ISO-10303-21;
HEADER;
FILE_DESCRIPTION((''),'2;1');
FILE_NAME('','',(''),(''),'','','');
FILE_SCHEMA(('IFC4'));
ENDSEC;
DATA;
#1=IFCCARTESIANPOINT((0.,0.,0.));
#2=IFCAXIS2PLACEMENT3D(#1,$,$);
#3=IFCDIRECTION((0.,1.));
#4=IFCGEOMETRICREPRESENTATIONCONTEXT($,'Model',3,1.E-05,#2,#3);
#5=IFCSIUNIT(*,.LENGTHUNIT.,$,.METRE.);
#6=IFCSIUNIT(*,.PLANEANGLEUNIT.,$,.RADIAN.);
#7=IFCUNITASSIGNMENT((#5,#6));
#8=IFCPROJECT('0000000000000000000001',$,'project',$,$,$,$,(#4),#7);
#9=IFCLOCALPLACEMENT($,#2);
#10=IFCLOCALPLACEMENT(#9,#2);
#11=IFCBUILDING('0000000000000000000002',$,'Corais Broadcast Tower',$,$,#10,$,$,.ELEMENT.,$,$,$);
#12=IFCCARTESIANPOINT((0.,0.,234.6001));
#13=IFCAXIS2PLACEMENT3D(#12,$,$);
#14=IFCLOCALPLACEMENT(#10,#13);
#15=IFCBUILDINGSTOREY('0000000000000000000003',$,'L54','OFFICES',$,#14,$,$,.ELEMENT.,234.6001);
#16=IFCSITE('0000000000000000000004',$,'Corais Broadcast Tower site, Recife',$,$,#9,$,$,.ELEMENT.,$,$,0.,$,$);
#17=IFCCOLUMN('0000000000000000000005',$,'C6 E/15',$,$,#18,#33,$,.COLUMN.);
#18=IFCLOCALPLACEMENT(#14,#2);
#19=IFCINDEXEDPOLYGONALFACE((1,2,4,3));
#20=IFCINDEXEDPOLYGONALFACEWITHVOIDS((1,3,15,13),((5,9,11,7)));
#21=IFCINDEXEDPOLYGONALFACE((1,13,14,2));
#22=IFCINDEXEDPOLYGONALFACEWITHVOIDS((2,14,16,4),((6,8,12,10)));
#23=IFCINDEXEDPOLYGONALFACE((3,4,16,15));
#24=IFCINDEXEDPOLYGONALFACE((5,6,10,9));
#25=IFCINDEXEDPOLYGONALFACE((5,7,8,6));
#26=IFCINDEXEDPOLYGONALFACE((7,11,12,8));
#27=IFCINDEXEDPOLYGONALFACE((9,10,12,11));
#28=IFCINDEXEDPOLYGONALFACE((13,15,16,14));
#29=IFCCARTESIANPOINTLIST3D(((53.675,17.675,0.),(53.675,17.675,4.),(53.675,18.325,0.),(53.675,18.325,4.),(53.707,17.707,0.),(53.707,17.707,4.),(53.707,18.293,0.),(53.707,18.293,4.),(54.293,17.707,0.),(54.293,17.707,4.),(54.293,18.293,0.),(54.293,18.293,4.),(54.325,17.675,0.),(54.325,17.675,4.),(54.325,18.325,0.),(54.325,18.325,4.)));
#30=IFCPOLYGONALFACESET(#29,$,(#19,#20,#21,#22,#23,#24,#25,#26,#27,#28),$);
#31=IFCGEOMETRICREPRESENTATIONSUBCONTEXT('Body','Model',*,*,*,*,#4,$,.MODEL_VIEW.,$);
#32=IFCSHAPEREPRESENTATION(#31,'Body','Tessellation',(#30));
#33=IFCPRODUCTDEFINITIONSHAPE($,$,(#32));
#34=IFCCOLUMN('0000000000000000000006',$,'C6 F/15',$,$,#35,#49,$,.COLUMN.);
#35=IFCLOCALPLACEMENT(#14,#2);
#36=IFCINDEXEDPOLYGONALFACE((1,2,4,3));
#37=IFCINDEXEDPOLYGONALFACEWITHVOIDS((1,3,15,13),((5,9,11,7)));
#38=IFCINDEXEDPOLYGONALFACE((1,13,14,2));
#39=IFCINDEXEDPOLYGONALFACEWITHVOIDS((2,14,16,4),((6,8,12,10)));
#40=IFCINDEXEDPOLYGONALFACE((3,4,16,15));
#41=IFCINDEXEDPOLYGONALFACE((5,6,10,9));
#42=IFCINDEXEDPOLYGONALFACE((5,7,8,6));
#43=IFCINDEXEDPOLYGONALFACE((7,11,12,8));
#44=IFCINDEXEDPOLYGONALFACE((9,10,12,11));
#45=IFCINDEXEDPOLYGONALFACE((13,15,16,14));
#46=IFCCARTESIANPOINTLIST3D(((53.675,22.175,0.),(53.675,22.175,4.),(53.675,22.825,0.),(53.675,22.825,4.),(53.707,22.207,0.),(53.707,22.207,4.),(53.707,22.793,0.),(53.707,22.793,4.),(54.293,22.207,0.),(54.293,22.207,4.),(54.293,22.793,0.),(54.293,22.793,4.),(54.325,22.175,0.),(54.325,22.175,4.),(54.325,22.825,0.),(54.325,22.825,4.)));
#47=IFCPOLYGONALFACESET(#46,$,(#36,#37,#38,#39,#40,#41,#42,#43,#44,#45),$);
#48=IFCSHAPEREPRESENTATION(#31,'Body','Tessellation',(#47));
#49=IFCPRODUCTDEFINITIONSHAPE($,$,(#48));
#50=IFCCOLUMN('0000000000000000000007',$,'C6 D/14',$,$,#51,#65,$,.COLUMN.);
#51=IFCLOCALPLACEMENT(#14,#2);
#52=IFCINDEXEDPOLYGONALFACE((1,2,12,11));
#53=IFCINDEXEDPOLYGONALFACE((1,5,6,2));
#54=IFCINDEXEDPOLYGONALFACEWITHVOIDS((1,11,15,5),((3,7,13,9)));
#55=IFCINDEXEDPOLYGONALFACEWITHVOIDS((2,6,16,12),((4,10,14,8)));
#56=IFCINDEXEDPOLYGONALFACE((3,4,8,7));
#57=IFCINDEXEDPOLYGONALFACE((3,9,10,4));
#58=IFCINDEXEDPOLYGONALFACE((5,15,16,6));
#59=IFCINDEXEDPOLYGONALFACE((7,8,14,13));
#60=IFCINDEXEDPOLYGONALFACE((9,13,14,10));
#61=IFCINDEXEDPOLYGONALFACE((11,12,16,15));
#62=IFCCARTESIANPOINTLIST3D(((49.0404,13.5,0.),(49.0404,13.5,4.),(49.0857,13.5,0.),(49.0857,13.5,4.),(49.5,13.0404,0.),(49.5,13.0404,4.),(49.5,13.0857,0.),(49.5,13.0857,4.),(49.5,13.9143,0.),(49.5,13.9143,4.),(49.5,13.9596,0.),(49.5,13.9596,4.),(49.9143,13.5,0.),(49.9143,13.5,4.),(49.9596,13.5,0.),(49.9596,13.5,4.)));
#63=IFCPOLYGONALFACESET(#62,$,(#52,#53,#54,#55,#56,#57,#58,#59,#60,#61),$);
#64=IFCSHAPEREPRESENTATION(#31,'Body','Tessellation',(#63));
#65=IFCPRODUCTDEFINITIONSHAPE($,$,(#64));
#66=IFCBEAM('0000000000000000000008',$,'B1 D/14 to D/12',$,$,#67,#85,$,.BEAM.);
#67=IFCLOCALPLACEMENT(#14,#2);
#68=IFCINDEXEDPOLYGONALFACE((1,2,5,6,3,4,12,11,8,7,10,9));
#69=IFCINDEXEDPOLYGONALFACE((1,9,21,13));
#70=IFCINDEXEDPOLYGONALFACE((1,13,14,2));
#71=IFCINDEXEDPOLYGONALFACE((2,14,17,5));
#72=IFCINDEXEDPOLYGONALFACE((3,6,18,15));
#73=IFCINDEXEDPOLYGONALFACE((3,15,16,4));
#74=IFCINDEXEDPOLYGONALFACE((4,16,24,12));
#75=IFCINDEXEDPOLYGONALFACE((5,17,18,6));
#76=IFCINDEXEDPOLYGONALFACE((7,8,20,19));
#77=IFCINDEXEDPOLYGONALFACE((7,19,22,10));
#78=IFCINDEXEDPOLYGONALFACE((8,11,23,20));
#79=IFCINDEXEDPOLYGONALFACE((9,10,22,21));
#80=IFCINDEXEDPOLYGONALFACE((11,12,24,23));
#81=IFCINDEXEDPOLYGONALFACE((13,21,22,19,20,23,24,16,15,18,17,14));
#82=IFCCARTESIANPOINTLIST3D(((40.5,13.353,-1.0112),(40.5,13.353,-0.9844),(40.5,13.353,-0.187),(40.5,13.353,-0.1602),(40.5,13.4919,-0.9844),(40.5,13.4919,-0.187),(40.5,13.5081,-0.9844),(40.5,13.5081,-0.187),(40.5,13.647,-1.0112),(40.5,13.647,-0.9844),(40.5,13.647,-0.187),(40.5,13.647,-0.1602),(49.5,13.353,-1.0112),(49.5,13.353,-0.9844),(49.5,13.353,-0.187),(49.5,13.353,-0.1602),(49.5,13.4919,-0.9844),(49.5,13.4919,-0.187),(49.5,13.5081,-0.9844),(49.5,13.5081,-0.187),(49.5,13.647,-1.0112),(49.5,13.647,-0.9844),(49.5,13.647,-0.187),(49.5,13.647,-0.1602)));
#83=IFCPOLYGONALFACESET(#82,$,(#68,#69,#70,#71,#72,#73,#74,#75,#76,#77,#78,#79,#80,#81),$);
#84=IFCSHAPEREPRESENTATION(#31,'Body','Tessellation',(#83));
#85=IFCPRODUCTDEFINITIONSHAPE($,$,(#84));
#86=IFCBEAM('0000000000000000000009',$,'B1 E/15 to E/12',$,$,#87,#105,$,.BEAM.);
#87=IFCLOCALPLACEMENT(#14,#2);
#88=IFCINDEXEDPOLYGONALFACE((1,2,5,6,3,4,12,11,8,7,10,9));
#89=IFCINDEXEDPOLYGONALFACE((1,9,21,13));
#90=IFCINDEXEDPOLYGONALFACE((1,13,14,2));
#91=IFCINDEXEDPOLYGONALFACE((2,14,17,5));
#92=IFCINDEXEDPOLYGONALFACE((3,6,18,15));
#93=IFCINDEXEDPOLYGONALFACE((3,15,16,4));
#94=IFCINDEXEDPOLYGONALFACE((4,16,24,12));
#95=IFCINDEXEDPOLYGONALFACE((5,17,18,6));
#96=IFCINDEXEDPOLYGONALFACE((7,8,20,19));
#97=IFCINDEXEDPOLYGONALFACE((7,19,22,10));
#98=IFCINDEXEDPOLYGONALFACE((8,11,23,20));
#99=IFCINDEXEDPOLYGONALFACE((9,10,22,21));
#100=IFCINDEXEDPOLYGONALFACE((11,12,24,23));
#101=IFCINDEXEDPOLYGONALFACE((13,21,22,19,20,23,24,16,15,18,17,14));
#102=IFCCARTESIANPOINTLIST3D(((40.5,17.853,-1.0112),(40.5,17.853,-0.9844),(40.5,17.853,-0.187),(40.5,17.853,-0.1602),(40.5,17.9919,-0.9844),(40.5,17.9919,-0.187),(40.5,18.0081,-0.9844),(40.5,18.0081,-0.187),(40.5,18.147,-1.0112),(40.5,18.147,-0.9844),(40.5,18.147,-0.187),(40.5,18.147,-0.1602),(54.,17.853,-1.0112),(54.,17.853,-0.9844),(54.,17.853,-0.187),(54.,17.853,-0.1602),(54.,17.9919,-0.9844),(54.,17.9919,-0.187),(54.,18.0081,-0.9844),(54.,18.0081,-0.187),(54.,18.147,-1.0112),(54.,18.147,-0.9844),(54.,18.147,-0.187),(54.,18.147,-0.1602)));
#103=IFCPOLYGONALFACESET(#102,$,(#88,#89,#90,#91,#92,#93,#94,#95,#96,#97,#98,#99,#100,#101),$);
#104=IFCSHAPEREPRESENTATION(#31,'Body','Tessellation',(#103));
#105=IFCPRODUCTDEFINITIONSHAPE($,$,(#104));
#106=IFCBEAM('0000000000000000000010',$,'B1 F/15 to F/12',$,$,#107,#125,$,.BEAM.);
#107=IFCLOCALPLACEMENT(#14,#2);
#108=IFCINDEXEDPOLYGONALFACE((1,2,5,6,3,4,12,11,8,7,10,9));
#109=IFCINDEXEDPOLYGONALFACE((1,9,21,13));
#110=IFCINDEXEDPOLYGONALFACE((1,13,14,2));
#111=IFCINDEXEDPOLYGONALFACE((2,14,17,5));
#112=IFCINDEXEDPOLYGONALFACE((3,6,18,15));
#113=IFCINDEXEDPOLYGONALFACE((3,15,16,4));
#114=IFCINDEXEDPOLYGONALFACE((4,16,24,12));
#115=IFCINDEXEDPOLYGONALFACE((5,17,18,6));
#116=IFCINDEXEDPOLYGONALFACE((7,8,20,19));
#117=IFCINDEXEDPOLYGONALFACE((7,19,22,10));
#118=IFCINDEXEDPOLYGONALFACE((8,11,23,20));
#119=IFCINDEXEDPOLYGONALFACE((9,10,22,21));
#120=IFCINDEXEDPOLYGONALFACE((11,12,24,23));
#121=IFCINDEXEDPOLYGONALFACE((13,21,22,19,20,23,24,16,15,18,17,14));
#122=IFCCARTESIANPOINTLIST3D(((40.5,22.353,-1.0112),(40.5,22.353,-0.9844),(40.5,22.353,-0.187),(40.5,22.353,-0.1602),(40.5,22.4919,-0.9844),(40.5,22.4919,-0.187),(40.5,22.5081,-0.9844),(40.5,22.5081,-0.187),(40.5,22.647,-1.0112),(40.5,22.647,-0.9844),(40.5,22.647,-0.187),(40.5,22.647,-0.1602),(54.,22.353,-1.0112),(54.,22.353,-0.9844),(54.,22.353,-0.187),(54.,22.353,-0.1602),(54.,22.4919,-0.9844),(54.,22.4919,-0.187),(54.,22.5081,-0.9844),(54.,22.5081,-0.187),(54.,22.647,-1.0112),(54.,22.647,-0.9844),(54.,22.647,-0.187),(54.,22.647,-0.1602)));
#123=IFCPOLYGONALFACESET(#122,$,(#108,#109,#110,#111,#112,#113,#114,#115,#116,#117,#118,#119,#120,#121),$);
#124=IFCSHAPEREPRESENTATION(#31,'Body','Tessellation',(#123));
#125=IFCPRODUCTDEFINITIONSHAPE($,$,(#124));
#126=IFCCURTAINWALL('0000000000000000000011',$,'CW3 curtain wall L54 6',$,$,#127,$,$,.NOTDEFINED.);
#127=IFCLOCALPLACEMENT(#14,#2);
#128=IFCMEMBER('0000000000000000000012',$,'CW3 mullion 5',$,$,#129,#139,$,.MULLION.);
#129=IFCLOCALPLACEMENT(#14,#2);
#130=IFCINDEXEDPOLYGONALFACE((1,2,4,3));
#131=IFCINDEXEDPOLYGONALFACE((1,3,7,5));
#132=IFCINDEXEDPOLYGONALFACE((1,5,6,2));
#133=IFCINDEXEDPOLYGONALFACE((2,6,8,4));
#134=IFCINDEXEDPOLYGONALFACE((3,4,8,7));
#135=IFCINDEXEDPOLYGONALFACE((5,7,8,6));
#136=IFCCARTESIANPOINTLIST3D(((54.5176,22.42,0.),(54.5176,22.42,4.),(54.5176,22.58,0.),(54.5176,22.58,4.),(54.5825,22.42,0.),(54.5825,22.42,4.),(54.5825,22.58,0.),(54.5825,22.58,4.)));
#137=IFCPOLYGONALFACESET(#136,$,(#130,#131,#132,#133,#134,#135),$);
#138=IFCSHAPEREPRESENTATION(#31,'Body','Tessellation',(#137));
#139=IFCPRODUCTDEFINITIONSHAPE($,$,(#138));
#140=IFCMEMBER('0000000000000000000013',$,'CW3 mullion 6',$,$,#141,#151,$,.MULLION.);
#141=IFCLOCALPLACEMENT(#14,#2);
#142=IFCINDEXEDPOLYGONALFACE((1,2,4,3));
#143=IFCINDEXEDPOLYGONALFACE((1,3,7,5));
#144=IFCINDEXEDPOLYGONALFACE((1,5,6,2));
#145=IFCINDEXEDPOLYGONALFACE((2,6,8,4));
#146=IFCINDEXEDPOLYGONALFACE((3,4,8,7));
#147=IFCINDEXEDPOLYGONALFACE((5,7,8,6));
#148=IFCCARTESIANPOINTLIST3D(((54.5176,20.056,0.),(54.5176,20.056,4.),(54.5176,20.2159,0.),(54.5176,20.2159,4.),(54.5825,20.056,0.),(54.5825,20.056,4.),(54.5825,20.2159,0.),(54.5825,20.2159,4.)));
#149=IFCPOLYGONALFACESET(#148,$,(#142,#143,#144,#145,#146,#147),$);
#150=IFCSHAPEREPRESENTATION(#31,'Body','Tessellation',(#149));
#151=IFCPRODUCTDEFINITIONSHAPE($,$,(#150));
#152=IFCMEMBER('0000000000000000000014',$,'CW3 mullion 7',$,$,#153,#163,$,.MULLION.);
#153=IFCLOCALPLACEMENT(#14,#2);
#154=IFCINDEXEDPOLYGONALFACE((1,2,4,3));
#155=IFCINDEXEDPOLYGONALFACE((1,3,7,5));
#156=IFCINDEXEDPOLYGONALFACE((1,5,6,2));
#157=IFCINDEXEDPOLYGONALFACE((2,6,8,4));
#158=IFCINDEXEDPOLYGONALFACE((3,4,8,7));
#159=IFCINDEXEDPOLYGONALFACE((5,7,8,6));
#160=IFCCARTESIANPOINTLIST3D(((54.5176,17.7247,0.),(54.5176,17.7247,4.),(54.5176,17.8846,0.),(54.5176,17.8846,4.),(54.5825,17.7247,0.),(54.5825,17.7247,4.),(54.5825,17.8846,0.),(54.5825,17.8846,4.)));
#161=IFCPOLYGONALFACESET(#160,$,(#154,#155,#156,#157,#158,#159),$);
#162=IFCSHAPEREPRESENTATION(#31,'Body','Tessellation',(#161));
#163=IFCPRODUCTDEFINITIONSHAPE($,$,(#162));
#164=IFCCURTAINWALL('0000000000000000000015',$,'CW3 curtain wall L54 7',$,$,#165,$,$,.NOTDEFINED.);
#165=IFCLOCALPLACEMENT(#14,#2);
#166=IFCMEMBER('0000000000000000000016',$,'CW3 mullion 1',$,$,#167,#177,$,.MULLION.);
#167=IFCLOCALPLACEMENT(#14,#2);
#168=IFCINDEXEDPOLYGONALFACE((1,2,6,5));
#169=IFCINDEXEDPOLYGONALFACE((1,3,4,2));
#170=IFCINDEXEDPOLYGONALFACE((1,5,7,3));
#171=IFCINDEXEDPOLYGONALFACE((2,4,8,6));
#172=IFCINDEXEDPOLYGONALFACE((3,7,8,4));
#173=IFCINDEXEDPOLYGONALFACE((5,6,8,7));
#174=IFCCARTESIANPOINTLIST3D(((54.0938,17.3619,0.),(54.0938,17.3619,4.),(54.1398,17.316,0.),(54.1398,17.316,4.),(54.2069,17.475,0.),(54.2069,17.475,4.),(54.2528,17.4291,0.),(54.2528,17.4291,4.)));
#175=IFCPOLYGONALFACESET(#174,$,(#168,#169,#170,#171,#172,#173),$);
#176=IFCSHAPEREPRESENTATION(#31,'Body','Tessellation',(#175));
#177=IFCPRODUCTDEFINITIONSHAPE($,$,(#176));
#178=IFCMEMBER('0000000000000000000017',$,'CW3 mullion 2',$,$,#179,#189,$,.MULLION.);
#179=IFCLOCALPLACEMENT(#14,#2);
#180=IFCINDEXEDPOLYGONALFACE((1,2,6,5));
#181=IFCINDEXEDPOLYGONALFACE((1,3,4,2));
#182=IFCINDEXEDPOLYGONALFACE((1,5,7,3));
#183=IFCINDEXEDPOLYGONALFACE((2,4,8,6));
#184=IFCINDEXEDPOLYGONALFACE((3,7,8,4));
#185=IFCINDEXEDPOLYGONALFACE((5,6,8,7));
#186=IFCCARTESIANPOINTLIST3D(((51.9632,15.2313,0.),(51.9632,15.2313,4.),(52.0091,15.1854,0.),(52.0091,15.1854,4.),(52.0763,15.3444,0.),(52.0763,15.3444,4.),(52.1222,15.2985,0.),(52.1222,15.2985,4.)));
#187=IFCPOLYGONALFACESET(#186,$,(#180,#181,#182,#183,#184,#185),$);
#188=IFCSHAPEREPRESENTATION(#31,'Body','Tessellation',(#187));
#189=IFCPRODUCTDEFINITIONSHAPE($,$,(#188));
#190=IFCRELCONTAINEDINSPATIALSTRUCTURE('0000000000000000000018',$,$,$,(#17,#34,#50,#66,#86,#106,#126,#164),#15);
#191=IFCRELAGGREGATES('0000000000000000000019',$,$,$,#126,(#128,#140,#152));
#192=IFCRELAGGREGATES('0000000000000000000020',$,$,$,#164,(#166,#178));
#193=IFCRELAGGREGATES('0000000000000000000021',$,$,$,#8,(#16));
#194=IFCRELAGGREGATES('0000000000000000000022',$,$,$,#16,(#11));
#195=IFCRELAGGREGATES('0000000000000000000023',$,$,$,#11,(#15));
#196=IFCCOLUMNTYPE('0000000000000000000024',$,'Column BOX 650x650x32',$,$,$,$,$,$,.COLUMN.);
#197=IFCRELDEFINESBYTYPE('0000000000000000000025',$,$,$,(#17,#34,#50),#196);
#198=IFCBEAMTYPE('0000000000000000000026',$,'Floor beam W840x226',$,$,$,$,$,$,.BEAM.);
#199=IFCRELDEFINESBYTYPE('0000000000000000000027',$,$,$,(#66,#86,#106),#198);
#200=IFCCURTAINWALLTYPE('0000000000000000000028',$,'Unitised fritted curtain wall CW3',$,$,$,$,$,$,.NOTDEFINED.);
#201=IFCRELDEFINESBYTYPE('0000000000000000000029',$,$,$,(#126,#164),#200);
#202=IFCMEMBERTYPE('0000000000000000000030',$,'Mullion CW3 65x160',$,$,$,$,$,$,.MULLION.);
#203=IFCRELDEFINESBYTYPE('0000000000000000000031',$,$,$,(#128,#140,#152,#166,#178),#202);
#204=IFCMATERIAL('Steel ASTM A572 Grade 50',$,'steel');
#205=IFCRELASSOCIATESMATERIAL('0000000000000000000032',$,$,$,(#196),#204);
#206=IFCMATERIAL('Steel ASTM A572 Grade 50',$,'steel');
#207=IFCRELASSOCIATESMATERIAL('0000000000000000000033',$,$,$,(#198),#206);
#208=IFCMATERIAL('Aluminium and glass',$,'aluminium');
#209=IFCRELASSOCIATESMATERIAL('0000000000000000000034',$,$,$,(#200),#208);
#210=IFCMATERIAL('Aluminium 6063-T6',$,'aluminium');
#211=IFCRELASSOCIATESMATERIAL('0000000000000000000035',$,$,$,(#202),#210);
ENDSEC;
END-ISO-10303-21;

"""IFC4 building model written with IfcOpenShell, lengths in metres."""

from ifc_helpers import new_model, si_unit, direction, frame, origin, origin_2d, place, context, subcontext, project, spatial, rectangle, hollow_rectangle, i_section, extrude, material, material_profile, profile_set, type_object, element, aggregate, save


model = new_model("IFC4")

# Units and contexts
model_context = context("Model", 3, precision=1e-05, world=origin(), true_north=direction((0.0, 1.0)))
body_context = subcontext(model_context, "Body", "Model", "MODEL_VIEW")
ifc_project = project(units=[si_unit("LENGTHUNIT", "METRE"), si_unit("PLANEANGLEUNIT", "RADIAN")], contexts=[model_context])

# Site, building, storey
site_placement = place(None, origin())
site = spatial("IfcSite", under=ifc_project, at=site_placement, Name="Corais Broadcast Tower site, Recife", CompositionType="ELEMENT", RefElevation=0.0)
building_placement = place(site_placement, origin())
building = spatial("IfcBuilding", under=site, at=building_placement, Name="Corais Broadcast Tower", CompositionType="ELEMENT")
storey_placement = place(building_placement, frame((0.0, 0.0, 234.6001)))
storey = spatial("IfcBuildingStorey", under=building, at=storey_placement, Name="L54", Description="OFFICES", CompositionType="ELEMENT", Elevation=234.6001)

# Columns
ifc_material_1 = material(Name="Steel ASTM A572 Grade 50", Category="steel")
ifc_material_profile_1 = material_profile(ifc_material_1, hollow_rectangle(XDim=0.6499, YDim=0.6499, WallThickness=0.032, at=origin_2d()), Name="BOX 650x650x32")
ifc_profile_set_1 = profile_set([ifc_material_profile_1], Name="Steel ASTM A572 Grade 50")
column_type = type_object("IfcColumnType", Name="Column BOX 650x650x32", PredefinedType="COLUMN", material=ifc_profile_set_1)
for number, where, z_axis, x_axis, name in (
    (1, (54.0, 18.0, 0.0), (0.0, 0.0, 1.0), (1.0, 0.0, 0.0), "C6 E/15"),
    (2, (54.0, 22.5, 0.0), (0.0, 0.0, 1.0), (1.0, 0.0, 0.0), "C6 F/15"),
    (3, (49.5, 13.5, 0.0), (0.0, 0.0, 1.0), (0.707107, 0.707107, 0.0), "C6 D/14"),
):
    element("IfcColumn", number, at=place(storey_placement, frame(where, z_axis=z_axis, x_axis=x_axis)), inside=storey, type_object=column_type, Name=name, PredefinedType="COLUMN", context=body_context, shape_type="SweptSolid", body=[
        extrude(hollow_rectangle(XDim=0.6499, YDim=0.6499, WallThickness=0.032, at=origin_2d()), origin(), (0.0, 0.0, 1.0), 4.0),
    ])

# Beams
ifc_material_2 = material(Name="Steel ASTM A572 Grade 50", Category="steel")
ifc_material_profile_2 = material_profile(ifc_material_2, i_section(OverallWidth=0.2939, OverallDepth=0.8511, WebThickness=0.0161, FlangeThickness=0.0269, at=origin_2d()), Name="W840x226")
ifc_profile_set_2 = profile_set([ifc_material_profile_2], Name="Steel ASTM A572 Grade 50")
beam_type_1 = type_object("IfcBeamType", Name="Floor beam W840x226", PredefinedType="BEAM", material=ifc_profile_set_2)
beam_1_placement = place(storey_placement, frame((49.5, 13.5, -0.5857), z_axis=(-1.0, 0.0, 0.0), x_axis=(0.0, -1.0, 0.0)))
element("IfcBeam", 4, at=beam_1_placement, inside=storey, type_object=beam_type_1, Name="B1 D/14 to D/12", PredefinedType="BEAM", context=body_context, shape_type="SweptSolid", body=[
    extrude(i_section(OverallWidth=0.2939, OverallDepth=0.8511, WebThickness=0.0161, FlangeThickness=0.0269, at=origin_2d()), origin(), (0.0, 0.0, 1.0), 9.0),
])
for number, where, z_axis, x_axis, name in (
    (5, (54.0, 18.0, -0.5857), (-1.0, 0.0, 0.0), (0.0, -1.0, 0.0), "B1 E/15 to E/12"),
    (6, (54.0, 22.5, -0.5857), (-1.0, 0.0, 0.0), (0.0, -1.0, 0.0), "B1 F/15 to F/12"),
):
    element("IfcBeam", number, at=place(storey_placement, frame(where, z_axis=z_axis, x_axis=x_axis)), inside=storey, type_object=beam_type_1, Name=name, PredefinedType="BEAM", context=body_context, shape_type="SweptSolid", body=[
        extrude(i_section(OverallWidth=0.2939, OverallDepth=0.8511, WebThickness=0.0161, FlangeThickness=0.0269, at=origin_2d()), origin(), (0.0, 0.0, 1.0), 13.5),
    ])

# Curtain walls, members
ifc_material_3 = material(Name="Aluminium and glass", Category="aluminium")
curtain_wall_type = type_object("IfcCurtainWallType", Name="Unitised fritted curtain wall CW3", PredefinedType="NOTDEFINED", material=ifc_material_3)
curtain_wall_1_placement = place(storey_placement, origin())
curtain_wall_1 = element("IfcCurtainWall", 7, at=curtain_wall_1_placement, inside=storey, type_object=curtain_wall_type, Name="CW3 curtain wall L54 6", PredefinedType="NOTDEFINED")
ifc_material_4 = material(Name="Aluminium 6063-T6", Category="aluminium")
ifc_material_profile_3 = material_profile(ifc_material_4, rectangle(XDim=0.0649, YDim=0.1599, at=origin_2d()), Name="Mullion CW3 65x160")
ifc_profile_set_3 = profile_set([ifc_material_profile_3], Name="Aluminium 6063-T6")
member_type_1 = type_object("IfcMemberType", Name="Mullion CW3 65x160", PredefinedType="MULLION", material=ifc_profile_set_3)
member_1_placement = place(storey_placement, frame((54.55, 22.5, 0.0), z_axis=(0.0, 0.0, 1.0), x_axis=(1.0, 0.0, 0.0)))
member_1 = element("IfcMember", 8, at=member_1_placement, type_object=member_type_1, Name="CW3 mullion 5", PredefinedType="MULLION", context=body_context, shape_type="SweptSolid", body=[
    extrude(rectangle(XDim=0.0649, YDim=0.1599, at=origin_2d()), origin(), (0.0, 0.0, 1.0), 4.0),
])
member_2_placement = place(storey_placement, frame((54.55, 20.136, 0.0), z_axis=(0.0, 0.0, 1.0), x_axis=(1.0, 0.0, 0.0)))
member_2 = element("IfcMember", 9, at=member_2_placement, type_object=member_type_1, Name="CW3 mullion 6", PredefinedType="MULLION", context=body_context, shape_type="SweptSolid", body=[
    extrude(rectangle(XDim=0.0649, YDim=0.1599, at=origin_2d()), origin(), (0.0, 0.0, 1.0), 4.0),
])
member_3_placement = place(storey_placement, frame((54.55, 17.8047, 0.0), z_axis=(0.0, 0.0, 1.0), x_axis=(1.0, 0.0, 0.0)))
member_3 = element("IfcMember", 10, at=member_3_placement, type_object=member_type_1, Name="CW3 mullion 7", PredefinedType="MULLION", context=body_context, shape_type="SweptSolid", body=[
    extrude(rectangle(XDim=0.0649, YDim=0.1599, at=origin_2d()), origin(), (0.0, 0.0, 1.0), 4.0),
])
curtain_wall_2_placement = place(storey_placement, origin())
curtain_wall_2 = element("IfcCurtainWall", 11, at=curtain_wall_2_placement, inside=storey, type_object=curtain_wall_type, Name="CW3 curtain wall L54 7", PredefinedType="NOTDEFINED")
member_4_placement = place(storey_placement, frame((54.1733, 17.3955, 0.0), z_axis=(0.0, 0.0, 1.0), x_axis=(0.707107, -0.707107, 0.0)))
member_4 = element("IfcMember", 12, at=member_4_placement, type_object=member_type_1, Name="CW3 mullion 1", PredefinedType="MULLION", context=body_context, shape_type="SweptSolid", body=[
    extrude(rectangle(XDim=0.0649, YDim=0.1599, at=origin_2d()), origin(), (0.0, 0.0, 1.0), 4.0),
])
member_5_placement = place(storey_placement, frame((52.0427, 15.2649, 0.0), z_axis=(0.0, 0.0, 1.0), x_axis=(0.707107, -0.707107, 0.0)))
member_5 = element("IfcMember", 13, at=member_5_placement, type_object=member_type_1, Name="CW3 mullion 2", PredefinedType="MULLION", context=body_context, shape_type="SweptSolid", body=[
    extrude(rectangle(XDim=0.0649, YDim=0.1599, at=origin_2d()), origin(), (0.0, 0.0, 1.0), 4.0),
])

aggregate(curtain_wall_1, [member_1, member_2, member_3])
aggregate(curtain_wall_2, [member_4, member_5])

save(model, "model.ifc")
